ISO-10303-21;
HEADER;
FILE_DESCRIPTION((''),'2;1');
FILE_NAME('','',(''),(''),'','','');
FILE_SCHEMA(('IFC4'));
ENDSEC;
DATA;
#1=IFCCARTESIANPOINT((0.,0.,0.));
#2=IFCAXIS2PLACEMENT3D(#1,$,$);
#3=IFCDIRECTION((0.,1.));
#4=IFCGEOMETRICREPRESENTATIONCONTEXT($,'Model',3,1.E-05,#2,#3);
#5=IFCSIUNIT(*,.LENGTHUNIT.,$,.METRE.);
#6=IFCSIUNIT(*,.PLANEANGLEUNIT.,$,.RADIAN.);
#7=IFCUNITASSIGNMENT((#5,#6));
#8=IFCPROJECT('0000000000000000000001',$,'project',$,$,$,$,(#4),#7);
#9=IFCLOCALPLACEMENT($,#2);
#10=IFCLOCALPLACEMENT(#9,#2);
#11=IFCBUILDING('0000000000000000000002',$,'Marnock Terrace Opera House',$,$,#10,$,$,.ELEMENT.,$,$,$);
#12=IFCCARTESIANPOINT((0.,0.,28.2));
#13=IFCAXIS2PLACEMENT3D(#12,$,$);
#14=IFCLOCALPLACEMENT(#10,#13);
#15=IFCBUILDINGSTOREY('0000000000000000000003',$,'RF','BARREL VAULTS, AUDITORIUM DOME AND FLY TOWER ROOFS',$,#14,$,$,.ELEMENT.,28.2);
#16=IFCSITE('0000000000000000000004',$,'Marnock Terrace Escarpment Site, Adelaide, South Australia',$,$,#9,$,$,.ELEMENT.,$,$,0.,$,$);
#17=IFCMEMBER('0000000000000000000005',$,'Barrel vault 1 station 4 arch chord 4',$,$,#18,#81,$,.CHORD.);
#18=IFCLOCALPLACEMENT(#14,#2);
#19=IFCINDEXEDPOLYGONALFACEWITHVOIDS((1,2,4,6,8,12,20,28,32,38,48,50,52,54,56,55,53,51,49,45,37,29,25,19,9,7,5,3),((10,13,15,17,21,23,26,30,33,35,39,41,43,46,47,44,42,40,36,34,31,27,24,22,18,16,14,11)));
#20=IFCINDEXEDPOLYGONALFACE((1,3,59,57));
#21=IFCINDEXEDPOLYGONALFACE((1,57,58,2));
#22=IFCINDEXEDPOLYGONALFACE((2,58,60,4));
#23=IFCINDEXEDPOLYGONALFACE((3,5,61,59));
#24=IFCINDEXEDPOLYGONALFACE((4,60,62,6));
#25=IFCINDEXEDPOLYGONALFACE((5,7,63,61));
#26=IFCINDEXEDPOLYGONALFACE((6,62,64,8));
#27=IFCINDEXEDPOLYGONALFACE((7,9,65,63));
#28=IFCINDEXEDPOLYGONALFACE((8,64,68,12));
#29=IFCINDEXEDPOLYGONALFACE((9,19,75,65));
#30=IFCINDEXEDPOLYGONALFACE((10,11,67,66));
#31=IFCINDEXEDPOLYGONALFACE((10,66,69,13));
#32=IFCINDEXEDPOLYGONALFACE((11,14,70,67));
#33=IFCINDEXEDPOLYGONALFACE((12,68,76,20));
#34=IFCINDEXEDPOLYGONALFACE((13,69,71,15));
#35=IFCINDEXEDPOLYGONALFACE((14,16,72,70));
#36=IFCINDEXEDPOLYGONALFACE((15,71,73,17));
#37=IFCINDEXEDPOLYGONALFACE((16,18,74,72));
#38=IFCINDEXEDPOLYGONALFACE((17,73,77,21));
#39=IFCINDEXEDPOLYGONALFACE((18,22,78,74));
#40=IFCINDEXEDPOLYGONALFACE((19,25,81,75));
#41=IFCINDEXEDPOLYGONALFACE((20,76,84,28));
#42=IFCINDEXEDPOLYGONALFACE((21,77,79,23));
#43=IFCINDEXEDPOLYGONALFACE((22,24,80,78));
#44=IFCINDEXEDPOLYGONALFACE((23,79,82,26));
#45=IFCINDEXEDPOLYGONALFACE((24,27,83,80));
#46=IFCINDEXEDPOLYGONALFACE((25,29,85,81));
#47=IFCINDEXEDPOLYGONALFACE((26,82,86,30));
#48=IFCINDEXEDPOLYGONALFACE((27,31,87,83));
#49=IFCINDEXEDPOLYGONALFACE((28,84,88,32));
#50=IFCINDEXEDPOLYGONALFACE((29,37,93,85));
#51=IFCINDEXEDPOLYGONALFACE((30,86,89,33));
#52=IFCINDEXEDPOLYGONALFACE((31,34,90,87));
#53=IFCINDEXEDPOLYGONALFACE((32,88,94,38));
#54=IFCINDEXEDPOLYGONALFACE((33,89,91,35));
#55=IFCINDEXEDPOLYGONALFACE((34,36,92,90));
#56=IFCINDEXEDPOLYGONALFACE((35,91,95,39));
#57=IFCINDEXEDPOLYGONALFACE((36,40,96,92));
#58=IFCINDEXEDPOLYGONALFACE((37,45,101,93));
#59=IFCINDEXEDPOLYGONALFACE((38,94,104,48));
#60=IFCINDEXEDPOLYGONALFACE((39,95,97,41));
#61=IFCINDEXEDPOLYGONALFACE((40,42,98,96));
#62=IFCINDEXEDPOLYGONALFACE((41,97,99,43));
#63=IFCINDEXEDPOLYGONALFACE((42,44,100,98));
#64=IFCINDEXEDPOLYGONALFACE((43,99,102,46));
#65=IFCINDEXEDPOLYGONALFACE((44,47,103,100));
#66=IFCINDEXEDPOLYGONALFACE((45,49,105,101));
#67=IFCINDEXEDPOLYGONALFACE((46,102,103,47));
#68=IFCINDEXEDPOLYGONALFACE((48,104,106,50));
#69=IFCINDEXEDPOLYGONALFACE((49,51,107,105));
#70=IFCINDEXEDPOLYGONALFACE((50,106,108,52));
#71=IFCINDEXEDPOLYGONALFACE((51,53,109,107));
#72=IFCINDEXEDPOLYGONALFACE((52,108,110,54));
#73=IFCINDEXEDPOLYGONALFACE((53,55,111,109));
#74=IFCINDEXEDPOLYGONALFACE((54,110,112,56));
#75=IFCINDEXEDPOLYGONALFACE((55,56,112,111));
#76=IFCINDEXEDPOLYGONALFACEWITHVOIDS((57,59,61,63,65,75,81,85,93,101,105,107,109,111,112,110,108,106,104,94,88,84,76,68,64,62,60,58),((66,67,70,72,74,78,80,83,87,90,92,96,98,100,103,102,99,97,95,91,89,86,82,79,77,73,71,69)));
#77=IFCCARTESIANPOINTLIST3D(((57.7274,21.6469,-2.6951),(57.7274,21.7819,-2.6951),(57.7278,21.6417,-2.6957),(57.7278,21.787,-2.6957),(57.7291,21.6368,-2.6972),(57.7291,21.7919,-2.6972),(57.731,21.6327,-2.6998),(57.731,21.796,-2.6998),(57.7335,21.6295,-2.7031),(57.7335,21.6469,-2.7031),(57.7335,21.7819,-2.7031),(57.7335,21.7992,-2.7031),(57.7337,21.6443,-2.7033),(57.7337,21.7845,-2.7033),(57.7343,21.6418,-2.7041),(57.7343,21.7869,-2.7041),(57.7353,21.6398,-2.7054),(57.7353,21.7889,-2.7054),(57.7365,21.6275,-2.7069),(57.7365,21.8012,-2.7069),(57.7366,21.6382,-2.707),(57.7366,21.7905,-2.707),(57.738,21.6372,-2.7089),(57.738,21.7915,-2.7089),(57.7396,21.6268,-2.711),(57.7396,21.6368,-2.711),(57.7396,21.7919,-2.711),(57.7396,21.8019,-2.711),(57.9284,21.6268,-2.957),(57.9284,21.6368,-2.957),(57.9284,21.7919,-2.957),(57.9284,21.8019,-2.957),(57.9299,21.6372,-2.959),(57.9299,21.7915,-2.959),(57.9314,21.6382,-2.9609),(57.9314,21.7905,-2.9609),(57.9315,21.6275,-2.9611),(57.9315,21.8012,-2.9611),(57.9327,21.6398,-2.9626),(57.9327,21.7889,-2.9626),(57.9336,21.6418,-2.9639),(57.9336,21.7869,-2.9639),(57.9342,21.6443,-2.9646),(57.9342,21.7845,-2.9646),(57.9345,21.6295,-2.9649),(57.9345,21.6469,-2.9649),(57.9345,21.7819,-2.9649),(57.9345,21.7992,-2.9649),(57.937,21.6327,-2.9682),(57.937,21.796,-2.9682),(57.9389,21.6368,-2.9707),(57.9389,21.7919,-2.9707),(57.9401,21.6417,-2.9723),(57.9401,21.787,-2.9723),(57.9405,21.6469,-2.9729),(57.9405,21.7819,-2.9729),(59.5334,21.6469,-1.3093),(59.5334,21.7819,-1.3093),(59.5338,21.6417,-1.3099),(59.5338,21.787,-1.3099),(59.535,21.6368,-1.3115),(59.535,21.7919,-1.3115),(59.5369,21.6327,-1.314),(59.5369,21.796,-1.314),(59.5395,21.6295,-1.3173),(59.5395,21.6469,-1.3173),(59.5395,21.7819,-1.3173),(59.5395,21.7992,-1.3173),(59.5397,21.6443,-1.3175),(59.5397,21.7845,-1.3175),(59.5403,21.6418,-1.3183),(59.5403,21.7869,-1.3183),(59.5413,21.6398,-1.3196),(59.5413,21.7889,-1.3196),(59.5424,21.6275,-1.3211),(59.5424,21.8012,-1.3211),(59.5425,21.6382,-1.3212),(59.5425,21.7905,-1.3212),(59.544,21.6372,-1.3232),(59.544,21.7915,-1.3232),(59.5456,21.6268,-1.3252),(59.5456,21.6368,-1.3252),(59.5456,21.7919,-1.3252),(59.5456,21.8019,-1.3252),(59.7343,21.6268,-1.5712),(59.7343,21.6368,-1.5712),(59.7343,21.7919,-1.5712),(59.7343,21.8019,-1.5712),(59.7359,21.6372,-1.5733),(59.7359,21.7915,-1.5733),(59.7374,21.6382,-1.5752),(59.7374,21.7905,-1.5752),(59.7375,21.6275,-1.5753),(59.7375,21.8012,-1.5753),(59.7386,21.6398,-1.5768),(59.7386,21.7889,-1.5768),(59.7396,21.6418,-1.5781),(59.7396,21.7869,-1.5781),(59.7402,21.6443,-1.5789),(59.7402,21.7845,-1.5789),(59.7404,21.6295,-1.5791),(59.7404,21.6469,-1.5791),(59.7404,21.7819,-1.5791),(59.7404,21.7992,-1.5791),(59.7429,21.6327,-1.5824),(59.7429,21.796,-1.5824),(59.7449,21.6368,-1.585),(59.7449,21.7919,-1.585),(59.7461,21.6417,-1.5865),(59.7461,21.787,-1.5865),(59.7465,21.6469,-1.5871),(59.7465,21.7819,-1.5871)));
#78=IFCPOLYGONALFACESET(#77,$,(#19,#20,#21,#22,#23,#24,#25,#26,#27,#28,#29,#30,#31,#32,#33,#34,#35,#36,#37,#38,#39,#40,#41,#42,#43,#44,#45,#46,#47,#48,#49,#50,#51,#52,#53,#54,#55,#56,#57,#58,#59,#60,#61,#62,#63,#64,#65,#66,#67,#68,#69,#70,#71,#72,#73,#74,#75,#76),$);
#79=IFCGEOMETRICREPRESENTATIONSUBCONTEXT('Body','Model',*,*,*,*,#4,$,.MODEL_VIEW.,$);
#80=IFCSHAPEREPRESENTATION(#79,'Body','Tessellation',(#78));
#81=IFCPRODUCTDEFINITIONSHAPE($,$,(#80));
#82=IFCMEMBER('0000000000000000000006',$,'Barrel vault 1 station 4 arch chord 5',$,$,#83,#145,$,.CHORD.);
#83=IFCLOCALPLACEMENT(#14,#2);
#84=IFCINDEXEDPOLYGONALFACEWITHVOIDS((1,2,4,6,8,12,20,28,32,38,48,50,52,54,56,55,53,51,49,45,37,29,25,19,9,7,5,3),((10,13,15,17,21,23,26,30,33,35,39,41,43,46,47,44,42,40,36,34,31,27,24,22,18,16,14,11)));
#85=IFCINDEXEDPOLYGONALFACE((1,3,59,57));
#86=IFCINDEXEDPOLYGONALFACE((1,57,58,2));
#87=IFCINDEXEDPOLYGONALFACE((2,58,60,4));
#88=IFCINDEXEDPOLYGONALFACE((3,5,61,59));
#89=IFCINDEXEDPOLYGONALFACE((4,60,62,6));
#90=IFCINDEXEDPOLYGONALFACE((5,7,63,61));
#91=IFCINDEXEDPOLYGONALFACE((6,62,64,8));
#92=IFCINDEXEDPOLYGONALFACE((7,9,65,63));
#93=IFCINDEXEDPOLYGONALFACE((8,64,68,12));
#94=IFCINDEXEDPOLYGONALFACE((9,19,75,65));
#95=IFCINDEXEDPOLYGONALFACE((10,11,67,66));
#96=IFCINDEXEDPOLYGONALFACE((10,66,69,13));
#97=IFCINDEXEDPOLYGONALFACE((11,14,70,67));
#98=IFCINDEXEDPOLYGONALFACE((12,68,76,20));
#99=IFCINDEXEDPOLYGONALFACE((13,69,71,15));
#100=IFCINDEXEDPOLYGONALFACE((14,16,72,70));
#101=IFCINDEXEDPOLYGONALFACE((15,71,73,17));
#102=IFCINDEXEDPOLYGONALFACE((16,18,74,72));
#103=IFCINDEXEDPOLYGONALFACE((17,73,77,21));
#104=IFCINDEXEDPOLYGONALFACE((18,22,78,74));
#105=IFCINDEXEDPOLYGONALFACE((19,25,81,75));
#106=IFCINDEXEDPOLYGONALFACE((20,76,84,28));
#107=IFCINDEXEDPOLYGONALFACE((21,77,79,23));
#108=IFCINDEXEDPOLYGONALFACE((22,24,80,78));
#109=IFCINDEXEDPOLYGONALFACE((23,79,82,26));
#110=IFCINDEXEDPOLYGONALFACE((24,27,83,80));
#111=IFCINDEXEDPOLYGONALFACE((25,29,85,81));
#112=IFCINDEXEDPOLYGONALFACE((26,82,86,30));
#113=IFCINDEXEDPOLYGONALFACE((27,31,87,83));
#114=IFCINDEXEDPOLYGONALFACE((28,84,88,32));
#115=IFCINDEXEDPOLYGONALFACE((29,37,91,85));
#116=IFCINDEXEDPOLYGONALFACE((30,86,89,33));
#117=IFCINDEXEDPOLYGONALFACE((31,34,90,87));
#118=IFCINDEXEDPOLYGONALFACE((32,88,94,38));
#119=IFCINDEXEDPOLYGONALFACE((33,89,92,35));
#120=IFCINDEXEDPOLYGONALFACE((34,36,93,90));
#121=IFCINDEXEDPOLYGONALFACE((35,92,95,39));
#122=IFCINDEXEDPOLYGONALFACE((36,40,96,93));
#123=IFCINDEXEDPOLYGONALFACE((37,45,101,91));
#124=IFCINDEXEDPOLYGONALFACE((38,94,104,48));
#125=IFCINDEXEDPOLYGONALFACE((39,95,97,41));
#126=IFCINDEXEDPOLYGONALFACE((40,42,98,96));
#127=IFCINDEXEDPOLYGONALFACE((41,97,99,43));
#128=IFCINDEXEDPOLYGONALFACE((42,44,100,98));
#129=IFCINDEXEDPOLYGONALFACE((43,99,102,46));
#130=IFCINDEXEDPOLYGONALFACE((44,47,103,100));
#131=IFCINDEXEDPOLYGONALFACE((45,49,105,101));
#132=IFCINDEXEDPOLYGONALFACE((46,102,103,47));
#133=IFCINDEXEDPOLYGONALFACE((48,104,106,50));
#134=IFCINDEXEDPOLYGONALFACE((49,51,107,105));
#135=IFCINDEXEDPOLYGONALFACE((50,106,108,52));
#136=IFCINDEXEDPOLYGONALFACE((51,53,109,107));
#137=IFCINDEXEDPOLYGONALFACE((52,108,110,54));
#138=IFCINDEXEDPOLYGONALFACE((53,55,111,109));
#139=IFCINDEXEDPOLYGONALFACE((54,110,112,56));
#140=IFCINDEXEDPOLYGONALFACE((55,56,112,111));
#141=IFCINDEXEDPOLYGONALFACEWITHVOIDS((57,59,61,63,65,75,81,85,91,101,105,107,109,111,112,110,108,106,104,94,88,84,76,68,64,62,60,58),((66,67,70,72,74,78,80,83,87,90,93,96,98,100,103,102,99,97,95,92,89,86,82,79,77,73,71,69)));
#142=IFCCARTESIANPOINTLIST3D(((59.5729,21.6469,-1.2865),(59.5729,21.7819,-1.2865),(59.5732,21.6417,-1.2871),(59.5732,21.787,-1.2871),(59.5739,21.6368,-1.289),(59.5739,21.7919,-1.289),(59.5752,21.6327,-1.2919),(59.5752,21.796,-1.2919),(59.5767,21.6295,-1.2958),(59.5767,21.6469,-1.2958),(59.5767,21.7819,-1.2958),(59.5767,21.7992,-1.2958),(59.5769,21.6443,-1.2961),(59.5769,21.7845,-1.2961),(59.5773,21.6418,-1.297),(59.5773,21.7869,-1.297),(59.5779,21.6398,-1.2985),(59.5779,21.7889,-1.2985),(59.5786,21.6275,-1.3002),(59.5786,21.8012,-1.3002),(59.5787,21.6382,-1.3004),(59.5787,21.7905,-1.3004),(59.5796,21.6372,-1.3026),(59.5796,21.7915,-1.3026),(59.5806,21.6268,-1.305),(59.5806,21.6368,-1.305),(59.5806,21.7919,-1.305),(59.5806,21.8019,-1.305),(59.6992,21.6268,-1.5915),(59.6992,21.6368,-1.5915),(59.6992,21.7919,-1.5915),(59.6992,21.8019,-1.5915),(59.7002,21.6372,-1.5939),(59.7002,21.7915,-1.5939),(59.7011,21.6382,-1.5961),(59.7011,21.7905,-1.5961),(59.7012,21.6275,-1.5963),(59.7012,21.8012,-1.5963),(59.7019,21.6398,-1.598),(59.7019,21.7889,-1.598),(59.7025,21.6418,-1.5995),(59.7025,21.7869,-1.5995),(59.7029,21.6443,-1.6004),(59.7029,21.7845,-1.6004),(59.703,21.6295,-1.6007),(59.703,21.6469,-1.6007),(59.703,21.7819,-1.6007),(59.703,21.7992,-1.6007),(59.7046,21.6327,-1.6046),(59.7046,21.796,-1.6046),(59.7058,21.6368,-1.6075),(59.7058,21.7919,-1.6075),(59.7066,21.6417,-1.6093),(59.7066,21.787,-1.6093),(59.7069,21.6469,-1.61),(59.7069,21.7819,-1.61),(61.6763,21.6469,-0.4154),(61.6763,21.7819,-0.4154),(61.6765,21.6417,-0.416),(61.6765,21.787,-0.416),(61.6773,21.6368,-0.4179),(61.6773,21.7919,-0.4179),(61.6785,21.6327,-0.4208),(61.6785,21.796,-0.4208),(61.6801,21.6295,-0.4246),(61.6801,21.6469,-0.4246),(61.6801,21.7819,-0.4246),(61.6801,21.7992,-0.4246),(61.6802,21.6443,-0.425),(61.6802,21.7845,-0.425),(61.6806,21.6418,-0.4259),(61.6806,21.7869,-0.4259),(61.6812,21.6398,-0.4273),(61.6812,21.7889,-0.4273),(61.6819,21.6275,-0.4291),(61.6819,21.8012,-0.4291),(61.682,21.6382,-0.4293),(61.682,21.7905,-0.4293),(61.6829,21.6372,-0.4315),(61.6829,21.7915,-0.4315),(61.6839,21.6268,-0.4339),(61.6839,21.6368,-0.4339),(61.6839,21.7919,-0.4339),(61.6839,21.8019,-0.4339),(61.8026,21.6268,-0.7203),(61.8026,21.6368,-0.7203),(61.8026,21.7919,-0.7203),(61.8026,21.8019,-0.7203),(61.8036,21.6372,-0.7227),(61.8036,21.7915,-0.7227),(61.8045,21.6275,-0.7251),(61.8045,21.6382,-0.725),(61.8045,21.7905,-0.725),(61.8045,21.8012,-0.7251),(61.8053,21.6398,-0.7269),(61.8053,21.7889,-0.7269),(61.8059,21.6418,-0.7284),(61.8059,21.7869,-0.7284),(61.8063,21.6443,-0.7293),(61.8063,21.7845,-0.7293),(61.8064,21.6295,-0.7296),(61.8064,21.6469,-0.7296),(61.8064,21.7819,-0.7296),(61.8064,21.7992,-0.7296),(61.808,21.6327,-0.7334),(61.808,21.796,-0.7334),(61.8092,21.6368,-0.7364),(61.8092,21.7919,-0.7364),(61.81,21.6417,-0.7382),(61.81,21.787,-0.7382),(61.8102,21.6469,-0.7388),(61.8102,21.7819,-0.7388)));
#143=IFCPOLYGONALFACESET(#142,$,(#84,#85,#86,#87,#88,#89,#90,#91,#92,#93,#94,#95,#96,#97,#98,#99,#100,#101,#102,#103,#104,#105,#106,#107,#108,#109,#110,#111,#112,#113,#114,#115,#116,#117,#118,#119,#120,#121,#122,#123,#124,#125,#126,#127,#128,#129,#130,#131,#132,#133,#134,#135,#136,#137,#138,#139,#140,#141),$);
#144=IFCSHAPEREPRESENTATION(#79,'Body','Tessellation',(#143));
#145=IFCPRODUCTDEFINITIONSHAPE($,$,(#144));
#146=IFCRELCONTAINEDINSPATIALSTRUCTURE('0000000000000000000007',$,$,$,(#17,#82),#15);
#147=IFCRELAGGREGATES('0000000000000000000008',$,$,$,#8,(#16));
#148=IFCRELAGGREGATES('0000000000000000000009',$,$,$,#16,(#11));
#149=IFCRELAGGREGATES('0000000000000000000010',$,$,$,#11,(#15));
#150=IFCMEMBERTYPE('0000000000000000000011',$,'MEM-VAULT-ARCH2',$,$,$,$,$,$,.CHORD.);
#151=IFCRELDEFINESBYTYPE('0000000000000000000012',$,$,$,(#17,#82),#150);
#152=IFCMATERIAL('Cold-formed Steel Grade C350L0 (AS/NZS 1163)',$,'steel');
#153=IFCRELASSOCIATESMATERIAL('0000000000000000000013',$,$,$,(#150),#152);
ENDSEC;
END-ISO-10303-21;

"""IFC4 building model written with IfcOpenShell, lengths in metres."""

from ifc_helpers import new_model, si_unit, direction, frame, origin, origin_2d, place, context, subcontext, project, spatial, hollow_rectangle, extrude, material, material_profile, profile_set, type_object, element, save


model = new_model("IFC4")

# Units and contexts
model_context = context("Model", 3, precision=1e-05, world=origin(), true_north=direction((0.0, 1.0)))
body_context = subcontext(model_context, "Body", "Model", "MODEL_VIEW")
ifc_project = project(units=[si_unit("LENGTHUNIT", "METRE"), si_unit("PLANEANGLEUNIT", "RADIAN")], contexts=[model_context])

# Site, building, storey
site_placement = place(None, origin())
site = spatial("IfcSite", under=ifc_project, at=site_placement, Name="Marnock Terrace Escarpment Site, Adelaide, South Australia", CompositionType="ELEMENT", RefElevation=0.0)
building_placement = place(site_placement, origin())
building = spatial("IfcBuilding", under=site, at=building_placement, Name="Marnock Terrace Opera House", CompositionType="ELEMENT")
storey_placement = place(building_placement, frame((0.0, 0.0, 28.2)))
storey = spatial("IfcBuildingStorey", under=building, at=storey_placement, Name="RF", Description="BARREL VAULTS, AUDITORIUM DOME AND FLY TOWER ROOFS", CompositionType="ELEMENT", Elevation=28.2)

# Members
ifc_material_1 = material(Name="Cold-formed Steel Grade C350L0 (AS/NZS 1163)", Category="steel")
ifc_material_profile_1 = material_profile(ifc_material_1, hollow_rectangle(XDim=0.175, YDim=0.3501, WallThickness=0.01, InnerFilletRadius=0.01, OuterFilletRadius=0.02, at=origin_2d()))
ifc_profile_set_1 = profile_set([ifc_material_profile_1], Name="Cold-formed Steel Grade C350L0 (AS/NZS 1163)")
member_type_1 = type_object("IfcMemberType", Name="MEM-VAULT-ARCH2", PredefinedType="CHORD", material=ifc_profile_set_1)
member_1_placement = place(storey_placement, frame((57.834, 21.7144, -2.834), z_axis=(0.793349, 0.0, 0.608767), x_axis=(0.0, 1.0, 0.0)))
element("IfcMember", 1, at=member_1_placement, inside=storey, type_object=member_type_1, Name="Barrel vault 1 station 4 arch chord 4", PredefinedType="CHORD", context=body_context, shape_type="SweptSolid", body=[
    extrude(hollow_rectangle(XDim=0.175, YDim=0.3501, WallThickness=0.01, InnerFilletRadius=0.01, OuterFilletRadius=0.02, at=origin_2d()), origin(), (0.0, 0.0, 1.0), 2.2764),
])
member_2_placement = place(storey_placement, frame((59.6399, 21.7144, -1.4482), z_axis=(0.923897, 0.0, 0.382642), x_axis=(0.0, 1.0, 0.0)))
element("IfcMember", 2, at=member_2_placement, inside=storey, type_object=member_type_1, Name="Barrel vault 1 station 4 arch chord 5", PredefinedType="CHORD", context=body_context, shape_type="SweptSolid", body=[
    extrude(hollow_rectangle(XDim=0.175, YDim=0.3501, WallThickness=0.01, InnerFilletRadius=0.01, OuterFilletRadius=0.02, at=origin_2d()), origin(), (0.0, 0.0, 1.0), 2.2766),
])

save(model, "model.ifc")
